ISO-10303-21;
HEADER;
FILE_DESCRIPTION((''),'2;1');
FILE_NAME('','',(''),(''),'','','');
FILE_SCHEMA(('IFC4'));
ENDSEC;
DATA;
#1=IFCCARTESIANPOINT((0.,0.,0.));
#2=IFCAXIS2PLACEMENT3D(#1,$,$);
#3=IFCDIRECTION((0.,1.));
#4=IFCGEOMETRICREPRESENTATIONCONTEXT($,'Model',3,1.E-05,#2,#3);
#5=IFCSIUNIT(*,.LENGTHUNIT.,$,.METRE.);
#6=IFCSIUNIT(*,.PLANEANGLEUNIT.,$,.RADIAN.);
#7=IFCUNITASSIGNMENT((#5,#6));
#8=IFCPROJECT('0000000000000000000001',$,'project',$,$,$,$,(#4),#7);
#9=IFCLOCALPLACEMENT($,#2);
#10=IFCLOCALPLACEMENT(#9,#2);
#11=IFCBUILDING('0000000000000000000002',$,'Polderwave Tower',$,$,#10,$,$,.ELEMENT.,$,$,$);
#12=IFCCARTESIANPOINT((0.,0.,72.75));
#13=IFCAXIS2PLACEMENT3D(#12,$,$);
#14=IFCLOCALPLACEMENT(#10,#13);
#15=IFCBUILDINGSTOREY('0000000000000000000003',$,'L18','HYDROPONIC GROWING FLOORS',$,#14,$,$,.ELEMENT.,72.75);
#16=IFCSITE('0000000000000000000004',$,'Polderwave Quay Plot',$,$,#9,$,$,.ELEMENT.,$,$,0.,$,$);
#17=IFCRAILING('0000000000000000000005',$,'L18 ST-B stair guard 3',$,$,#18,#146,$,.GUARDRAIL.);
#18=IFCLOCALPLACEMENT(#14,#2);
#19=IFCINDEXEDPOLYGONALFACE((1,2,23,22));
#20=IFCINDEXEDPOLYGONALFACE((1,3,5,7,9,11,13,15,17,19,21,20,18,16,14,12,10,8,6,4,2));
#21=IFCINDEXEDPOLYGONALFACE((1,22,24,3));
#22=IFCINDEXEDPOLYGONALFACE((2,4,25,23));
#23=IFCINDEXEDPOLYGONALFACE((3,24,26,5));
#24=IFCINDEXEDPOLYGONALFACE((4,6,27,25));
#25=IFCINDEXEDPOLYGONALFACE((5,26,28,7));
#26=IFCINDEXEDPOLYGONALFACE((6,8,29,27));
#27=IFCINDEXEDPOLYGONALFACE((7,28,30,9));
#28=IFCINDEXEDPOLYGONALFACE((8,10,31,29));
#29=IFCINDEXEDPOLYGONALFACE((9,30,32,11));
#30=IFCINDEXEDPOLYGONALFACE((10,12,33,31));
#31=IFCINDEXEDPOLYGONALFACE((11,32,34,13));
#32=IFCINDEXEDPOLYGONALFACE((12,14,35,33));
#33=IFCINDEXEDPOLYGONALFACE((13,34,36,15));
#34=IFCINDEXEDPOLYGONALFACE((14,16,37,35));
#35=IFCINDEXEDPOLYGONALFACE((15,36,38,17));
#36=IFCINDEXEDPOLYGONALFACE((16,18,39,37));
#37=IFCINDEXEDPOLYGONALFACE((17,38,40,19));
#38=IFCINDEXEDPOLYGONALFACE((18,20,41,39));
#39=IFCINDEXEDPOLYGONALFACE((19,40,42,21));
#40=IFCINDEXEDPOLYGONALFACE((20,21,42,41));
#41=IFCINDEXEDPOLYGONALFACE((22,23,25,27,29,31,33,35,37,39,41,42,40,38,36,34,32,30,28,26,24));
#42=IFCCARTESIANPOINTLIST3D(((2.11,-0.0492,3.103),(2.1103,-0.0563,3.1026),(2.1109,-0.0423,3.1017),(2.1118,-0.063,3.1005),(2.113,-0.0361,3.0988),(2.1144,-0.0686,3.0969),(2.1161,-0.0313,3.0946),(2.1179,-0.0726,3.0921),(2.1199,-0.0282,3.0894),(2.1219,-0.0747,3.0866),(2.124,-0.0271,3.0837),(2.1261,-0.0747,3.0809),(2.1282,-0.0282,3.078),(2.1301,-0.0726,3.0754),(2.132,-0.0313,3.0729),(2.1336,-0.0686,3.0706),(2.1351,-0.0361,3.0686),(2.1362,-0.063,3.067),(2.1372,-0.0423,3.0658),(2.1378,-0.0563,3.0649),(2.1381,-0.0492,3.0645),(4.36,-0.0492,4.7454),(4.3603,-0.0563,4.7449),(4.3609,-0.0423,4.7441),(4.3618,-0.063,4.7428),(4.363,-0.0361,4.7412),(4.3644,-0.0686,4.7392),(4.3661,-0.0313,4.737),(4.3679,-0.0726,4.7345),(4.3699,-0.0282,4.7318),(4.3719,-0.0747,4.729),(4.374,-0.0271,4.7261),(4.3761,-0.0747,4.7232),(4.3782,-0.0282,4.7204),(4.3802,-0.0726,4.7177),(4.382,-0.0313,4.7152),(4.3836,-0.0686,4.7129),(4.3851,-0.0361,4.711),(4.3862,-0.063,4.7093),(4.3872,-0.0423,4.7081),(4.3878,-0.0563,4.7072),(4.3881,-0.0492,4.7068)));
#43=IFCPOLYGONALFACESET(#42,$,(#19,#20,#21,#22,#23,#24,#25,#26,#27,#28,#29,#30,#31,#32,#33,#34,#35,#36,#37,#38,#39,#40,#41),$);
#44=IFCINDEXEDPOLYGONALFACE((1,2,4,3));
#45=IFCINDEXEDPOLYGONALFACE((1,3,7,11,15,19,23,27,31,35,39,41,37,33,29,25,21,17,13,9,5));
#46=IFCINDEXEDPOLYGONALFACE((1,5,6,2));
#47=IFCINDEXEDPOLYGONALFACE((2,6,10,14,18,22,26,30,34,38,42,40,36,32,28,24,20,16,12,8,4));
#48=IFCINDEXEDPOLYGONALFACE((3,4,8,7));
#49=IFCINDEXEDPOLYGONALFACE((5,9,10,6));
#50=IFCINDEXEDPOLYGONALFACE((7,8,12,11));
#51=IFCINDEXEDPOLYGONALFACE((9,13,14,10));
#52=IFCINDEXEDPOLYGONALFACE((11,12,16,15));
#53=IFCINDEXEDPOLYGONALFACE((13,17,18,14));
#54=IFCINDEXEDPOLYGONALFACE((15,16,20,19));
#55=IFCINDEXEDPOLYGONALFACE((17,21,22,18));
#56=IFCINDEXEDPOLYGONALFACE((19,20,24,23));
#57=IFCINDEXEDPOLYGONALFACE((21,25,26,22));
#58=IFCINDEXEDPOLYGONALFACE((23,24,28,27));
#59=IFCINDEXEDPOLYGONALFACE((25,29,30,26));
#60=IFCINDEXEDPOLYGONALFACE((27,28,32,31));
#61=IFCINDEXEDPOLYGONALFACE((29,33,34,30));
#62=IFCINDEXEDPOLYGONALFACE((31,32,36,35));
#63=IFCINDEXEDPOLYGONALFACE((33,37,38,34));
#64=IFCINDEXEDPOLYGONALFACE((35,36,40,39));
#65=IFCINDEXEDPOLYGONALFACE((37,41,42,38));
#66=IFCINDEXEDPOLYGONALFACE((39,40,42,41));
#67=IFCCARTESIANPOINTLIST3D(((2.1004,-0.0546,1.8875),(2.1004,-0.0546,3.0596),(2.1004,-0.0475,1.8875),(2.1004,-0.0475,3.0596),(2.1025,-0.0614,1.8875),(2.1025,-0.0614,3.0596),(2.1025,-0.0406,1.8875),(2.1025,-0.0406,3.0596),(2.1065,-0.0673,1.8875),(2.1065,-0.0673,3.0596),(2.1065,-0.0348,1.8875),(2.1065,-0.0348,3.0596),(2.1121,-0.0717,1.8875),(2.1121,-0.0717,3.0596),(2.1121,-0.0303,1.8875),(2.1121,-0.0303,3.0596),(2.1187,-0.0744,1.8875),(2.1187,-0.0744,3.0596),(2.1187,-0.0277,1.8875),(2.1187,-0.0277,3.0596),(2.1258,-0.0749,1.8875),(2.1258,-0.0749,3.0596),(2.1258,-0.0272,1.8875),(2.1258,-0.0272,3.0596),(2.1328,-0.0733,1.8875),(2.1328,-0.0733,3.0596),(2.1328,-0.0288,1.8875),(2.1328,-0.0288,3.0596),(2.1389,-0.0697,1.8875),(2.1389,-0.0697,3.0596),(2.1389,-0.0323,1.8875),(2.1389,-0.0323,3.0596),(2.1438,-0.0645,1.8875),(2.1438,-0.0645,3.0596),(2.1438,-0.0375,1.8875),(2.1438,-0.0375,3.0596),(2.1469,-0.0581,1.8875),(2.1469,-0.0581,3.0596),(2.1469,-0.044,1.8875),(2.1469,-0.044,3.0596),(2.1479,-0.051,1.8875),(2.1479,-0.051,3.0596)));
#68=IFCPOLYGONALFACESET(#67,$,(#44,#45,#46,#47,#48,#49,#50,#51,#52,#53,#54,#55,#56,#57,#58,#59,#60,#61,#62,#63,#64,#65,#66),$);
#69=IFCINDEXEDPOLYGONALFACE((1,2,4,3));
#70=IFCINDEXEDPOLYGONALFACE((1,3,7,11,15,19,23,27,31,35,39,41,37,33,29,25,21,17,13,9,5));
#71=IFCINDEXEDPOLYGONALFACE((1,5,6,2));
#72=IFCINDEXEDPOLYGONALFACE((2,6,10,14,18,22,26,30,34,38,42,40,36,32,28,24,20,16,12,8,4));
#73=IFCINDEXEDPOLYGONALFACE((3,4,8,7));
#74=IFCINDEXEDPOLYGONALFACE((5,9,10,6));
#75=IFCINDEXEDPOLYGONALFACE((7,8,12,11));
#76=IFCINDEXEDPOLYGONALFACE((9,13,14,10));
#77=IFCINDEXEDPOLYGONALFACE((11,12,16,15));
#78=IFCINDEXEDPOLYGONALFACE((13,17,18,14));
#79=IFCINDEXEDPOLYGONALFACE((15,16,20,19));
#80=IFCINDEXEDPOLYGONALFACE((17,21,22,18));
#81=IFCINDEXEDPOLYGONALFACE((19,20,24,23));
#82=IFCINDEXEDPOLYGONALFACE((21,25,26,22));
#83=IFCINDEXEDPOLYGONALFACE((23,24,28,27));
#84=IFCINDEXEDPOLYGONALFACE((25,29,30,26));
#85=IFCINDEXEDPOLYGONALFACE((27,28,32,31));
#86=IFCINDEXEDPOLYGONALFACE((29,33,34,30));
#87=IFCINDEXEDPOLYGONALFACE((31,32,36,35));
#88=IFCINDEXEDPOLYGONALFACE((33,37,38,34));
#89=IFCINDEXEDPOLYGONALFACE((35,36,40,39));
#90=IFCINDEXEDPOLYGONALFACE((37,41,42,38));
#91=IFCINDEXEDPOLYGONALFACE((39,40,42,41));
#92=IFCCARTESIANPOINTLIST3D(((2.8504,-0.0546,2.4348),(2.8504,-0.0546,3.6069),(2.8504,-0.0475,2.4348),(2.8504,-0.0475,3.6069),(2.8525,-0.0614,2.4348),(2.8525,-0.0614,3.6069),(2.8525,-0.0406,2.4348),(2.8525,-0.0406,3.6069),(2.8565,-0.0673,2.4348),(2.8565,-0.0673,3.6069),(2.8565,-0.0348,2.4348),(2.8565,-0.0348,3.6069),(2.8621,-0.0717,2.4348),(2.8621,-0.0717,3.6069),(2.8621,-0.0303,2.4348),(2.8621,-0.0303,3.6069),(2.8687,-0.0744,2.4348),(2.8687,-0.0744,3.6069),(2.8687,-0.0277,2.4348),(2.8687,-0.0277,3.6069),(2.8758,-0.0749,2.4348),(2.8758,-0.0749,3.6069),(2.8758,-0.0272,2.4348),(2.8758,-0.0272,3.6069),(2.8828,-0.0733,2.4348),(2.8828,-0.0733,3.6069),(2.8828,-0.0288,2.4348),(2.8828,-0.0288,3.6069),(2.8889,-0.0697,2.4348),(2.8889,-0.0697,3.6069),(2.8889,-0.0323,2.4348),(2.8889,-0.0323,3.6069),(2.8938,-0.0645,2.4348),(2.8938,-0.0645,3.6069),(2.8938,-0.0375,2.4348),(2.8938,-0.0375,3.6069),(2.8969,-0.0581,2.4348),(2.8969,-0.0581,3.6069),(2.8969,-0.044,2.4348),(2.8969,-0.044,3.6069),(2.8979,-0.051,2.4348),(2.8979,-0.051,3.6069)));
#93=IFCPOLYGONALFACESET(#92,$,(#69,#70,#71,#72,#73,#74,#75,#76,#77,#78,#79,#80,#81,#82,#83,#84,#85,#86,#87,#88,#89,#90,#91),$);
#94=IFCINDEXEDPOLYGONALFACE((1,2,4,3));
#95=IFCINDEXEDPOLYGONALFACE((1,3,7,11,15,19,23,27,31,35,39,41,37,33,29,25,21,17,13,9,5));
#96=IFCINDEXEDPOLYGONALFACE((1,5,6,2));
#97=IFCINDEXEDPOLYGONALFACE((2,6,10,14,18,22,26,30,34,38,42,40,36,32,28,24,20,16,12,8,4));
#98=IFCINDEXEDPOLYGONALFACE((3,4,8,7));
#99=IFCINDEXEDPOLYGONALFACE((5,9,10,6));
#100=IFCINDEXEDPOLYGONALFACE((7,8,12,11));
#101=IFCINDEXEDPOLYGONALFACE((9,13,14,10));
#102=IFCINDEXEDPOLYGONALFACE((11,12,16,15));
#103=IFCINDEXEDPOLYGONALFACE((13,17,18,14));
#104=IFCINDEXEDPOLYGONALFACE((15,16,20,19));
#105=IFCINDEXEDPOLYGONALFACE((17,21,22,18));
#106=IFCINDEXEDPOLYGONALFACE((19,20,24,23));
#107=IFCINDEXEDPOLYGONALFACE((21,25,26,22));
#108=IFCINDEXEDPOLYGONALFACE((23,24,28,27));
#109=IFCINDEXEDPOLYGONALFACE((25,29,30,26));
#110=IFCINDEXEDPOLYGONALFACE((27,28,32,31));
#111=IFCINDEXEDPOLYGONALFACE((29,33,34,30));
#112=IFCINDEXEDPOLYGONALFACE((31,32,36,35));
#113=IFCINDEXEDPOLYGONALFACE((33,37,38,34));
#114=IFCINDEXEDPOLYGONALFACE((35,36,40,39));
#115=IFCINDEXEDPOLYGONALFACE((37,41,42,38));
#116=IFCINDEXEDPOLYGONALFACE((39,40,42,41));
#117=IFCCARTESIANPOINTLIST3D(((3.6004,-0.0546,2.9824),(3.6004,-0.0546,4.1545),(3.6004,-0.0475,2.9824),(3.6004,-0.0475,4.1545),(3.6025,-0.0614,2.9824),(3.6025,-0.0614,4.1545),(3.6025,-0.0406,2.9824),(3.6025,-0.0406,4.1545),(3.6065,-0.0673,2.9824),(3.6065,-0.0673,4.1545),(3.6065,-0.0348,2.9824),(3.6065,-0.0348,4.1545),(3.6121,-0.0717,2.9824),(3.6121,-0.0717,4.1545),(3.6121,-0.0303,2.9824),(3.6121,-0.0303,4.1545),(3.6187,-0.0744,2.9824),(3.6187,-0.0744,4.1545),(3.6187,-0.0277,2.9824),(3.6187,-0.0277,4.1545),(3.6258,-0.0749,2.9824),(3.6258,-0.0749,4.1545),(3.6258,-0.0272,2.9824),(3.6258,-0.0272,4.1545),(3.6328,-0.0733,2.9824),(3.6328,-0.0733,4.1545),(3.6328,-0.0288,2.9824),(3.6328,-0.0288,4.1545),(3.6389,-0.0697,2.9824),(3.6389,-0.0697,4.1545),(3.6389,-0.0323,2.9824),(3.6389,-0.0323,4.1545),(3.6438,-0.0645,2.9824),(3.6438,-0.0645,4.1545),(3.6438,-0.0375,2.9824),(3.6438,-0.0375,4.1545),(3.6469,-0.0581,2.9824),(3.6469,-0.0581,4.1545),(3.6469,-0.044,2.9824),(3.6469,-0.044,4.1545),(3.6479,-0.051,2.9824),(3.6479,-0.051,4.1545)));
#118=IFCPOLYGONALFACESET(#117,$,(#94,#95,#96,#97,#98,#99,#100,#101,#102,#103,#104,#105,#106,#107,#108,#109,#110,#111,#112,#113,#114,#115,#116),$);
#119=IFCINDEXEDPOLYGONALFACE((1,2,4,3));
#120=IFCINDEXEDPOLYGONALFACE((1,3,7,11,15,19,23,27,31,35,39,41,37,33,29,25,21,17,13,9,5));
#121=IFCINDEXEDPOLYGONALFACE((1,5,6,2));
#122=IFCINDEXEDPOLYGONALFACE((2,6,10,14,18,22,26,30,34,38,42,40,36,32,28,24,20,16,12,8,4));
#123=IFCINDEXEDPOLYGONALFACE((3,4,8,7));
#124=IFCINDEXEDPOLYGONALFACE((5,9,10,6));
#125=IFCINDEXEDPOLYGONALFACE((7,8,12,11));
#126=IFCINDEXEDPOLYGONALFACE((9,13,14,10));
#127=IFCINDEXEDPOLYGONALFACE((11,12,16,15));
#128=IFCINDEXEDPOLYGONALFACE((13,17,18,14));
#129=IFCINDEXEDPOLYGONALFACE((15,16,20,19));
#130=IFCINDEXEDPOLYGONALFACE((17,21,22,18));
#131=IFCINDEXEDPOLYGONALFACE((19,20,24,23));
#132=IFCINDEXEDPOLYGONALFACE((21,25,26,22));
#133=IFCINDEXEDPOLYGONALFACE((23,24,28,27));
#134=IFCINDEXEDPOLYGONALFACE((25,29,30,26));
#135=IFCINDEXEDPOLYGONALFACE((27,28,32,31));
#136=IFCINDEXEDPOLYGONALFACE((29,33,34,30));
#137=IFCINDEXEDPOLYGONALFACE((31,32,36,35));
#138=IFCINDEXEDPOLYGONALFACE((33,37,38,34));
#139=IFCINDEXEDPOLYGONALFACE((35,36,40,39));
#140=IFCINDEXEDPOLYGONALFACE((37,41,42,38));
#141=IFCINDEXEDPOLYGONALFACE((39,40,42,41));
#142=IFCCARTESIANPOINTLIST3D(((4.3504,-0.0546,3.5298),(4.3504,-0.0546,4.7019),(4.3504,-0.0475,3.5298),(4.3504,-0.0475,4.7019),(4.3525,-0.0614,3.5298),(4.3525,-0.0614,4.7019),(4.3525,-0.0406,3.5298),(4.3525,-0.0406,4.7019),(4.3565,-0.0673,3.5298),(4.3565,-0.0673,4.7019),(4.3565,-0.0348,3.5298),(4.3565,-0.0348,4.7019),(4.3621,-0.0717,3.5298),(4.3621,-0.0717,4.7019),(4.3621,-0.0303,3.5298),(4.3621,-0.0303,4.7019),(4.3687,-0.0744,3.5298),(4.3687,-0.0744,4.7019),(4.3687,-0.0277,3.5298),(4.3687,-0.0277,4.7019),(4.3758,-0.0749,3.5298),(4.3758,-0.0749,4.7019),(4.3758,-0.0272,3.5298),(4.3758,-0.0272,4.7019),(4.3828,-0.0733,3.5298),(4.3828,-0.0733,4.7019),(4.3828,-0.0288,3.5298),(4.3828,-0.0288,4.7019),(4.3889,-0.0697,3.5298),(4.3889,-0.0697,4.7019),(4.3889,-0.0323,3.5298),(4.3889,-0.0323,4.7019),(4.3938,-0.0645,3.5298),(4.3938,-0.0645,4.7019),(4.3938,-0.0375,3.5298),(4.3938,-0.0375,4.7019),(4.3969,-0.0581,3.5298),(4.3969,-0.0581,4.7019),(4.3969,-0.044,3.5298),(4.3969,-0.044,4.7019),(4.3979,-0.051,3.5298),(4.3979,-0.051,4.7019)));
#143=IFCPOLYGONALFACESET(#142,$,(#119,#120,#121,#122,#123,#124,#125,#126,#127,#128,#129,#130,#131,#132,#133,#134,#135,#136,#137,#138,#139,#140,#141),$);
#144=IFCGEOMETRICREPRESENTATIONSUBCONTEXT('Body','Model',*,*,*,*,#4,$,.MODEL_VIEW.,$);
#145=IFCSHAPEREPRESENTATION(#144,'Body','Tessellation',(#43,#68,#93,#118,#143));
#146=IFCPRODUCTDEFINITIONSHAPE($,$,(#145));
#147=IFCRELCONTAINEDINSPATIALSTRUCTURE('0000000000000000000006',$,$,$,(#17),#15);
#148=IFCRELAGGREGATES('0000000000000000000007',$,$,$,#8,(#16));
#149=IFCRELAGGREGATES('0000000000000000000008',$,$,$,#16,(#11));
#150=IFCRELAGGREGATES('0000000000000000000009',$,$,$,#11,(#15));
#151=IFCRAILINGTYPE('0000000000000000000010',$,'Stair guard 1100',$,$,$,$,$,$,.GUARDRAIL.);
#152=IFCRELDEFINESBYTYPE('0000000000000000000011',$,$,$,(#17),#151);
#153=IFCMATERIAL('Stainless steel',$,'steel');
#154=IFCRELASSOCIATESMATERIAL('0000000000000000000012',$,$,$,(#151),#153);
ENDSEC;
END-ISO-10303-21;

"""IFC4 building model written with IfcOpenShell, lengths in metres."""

from ifc_helpers import new_model, si_unit, direction, frame, origin, origin_2d, place, context, subcontext, project, spatial, circle, extrude, material, type_object, element, save


model = new_model("IFC4")

# Units and contexts
model_context = context("Model", 3, precision=1e-05, world=origin(), true_north=direction((0.0, 1.0)))
body_context = subcontext(model_context, "Body", "Model", "MODEL_VIEW")
ifc_project = project(units=[si_unit("LENGTHUNIT", "METRE"), si_unit("PLANEANGLEUNIT", "RADIAN")], contexts=[model_context])

# Site, building, storey
site_placement = place(None, origin())
site = spatial("IfcSite", under=ifc_project, at=site_placement, Name="Polderwave Quay Plot", CompositionType="ELEMENT", RefElevation=0.0)
building_placement = place(site_placement, origin())
building = spatial("IfcBuilding", under=site, at=building_placement, Name="Polderwave Tower", CompositionType="ELEMENT")
storey_placement = place(building_placement, frame((0.0, 0.0, 72.75)))
storey = spatial("IfcBuildingStorey", under=building, at=storey_placement, Name="L18", Description="HYDROPONIC GROWING FLOORS", CompositionType="ELEMENT", Elevation=72.75)

# Railing
ifc_material_1 = material(Name="Stainless steel", Category="steel")
railing_type_1 = type_object("IfcRailingType", Name="Stair guard 1100", PredefinedType="GUARDRAIL", material=ifc_material_1)
railing_1_placement = place(storey_placement, frame((2.124, -0.051, 1.8875)))
element("IfcRailing", 1, at=railing_1_placement, inside=storey, type_object=railing_type_1, Name="L18 ST-B stair guard 3", PredefinedType="GUARDRAIL", context=body_context, shape_type="SweptSolid", body=[
    extrude(circle(Radius=0.0239, at=origin_2d()), frame((0.0, 0.0, 1.1963), z_axis=(0.807715, 0.0, 0.589573), x_axis=(0.0, 1.0, 0.0)), (0.0, 0.0, 1.0), 2.7856),
    extrude(circle(Radius=0.0239, at=origin_2d()), origin(), (0.0, 0.0, 1.0), 1.1721),
    extrude(circle(Radius=0.0239, at=origin_2d()), frame((0.75, 0.0, 0.5474)), (0.0, 0.0, 1.0), 1.1721),
    extrude(circle(Radius=0.0239, at=origin_2d()), frame((1.5, 0.0, 1.095)), (0.0, 0.0, 1.0), 1.1721),
    extrude(circle(Radius=0.0239, at=origin_2d()), frame((2.25, 0.0, 1.6423)), (0.0, 0.0, 1.0), 1.1721),
])

save(model, "model.ifc")
